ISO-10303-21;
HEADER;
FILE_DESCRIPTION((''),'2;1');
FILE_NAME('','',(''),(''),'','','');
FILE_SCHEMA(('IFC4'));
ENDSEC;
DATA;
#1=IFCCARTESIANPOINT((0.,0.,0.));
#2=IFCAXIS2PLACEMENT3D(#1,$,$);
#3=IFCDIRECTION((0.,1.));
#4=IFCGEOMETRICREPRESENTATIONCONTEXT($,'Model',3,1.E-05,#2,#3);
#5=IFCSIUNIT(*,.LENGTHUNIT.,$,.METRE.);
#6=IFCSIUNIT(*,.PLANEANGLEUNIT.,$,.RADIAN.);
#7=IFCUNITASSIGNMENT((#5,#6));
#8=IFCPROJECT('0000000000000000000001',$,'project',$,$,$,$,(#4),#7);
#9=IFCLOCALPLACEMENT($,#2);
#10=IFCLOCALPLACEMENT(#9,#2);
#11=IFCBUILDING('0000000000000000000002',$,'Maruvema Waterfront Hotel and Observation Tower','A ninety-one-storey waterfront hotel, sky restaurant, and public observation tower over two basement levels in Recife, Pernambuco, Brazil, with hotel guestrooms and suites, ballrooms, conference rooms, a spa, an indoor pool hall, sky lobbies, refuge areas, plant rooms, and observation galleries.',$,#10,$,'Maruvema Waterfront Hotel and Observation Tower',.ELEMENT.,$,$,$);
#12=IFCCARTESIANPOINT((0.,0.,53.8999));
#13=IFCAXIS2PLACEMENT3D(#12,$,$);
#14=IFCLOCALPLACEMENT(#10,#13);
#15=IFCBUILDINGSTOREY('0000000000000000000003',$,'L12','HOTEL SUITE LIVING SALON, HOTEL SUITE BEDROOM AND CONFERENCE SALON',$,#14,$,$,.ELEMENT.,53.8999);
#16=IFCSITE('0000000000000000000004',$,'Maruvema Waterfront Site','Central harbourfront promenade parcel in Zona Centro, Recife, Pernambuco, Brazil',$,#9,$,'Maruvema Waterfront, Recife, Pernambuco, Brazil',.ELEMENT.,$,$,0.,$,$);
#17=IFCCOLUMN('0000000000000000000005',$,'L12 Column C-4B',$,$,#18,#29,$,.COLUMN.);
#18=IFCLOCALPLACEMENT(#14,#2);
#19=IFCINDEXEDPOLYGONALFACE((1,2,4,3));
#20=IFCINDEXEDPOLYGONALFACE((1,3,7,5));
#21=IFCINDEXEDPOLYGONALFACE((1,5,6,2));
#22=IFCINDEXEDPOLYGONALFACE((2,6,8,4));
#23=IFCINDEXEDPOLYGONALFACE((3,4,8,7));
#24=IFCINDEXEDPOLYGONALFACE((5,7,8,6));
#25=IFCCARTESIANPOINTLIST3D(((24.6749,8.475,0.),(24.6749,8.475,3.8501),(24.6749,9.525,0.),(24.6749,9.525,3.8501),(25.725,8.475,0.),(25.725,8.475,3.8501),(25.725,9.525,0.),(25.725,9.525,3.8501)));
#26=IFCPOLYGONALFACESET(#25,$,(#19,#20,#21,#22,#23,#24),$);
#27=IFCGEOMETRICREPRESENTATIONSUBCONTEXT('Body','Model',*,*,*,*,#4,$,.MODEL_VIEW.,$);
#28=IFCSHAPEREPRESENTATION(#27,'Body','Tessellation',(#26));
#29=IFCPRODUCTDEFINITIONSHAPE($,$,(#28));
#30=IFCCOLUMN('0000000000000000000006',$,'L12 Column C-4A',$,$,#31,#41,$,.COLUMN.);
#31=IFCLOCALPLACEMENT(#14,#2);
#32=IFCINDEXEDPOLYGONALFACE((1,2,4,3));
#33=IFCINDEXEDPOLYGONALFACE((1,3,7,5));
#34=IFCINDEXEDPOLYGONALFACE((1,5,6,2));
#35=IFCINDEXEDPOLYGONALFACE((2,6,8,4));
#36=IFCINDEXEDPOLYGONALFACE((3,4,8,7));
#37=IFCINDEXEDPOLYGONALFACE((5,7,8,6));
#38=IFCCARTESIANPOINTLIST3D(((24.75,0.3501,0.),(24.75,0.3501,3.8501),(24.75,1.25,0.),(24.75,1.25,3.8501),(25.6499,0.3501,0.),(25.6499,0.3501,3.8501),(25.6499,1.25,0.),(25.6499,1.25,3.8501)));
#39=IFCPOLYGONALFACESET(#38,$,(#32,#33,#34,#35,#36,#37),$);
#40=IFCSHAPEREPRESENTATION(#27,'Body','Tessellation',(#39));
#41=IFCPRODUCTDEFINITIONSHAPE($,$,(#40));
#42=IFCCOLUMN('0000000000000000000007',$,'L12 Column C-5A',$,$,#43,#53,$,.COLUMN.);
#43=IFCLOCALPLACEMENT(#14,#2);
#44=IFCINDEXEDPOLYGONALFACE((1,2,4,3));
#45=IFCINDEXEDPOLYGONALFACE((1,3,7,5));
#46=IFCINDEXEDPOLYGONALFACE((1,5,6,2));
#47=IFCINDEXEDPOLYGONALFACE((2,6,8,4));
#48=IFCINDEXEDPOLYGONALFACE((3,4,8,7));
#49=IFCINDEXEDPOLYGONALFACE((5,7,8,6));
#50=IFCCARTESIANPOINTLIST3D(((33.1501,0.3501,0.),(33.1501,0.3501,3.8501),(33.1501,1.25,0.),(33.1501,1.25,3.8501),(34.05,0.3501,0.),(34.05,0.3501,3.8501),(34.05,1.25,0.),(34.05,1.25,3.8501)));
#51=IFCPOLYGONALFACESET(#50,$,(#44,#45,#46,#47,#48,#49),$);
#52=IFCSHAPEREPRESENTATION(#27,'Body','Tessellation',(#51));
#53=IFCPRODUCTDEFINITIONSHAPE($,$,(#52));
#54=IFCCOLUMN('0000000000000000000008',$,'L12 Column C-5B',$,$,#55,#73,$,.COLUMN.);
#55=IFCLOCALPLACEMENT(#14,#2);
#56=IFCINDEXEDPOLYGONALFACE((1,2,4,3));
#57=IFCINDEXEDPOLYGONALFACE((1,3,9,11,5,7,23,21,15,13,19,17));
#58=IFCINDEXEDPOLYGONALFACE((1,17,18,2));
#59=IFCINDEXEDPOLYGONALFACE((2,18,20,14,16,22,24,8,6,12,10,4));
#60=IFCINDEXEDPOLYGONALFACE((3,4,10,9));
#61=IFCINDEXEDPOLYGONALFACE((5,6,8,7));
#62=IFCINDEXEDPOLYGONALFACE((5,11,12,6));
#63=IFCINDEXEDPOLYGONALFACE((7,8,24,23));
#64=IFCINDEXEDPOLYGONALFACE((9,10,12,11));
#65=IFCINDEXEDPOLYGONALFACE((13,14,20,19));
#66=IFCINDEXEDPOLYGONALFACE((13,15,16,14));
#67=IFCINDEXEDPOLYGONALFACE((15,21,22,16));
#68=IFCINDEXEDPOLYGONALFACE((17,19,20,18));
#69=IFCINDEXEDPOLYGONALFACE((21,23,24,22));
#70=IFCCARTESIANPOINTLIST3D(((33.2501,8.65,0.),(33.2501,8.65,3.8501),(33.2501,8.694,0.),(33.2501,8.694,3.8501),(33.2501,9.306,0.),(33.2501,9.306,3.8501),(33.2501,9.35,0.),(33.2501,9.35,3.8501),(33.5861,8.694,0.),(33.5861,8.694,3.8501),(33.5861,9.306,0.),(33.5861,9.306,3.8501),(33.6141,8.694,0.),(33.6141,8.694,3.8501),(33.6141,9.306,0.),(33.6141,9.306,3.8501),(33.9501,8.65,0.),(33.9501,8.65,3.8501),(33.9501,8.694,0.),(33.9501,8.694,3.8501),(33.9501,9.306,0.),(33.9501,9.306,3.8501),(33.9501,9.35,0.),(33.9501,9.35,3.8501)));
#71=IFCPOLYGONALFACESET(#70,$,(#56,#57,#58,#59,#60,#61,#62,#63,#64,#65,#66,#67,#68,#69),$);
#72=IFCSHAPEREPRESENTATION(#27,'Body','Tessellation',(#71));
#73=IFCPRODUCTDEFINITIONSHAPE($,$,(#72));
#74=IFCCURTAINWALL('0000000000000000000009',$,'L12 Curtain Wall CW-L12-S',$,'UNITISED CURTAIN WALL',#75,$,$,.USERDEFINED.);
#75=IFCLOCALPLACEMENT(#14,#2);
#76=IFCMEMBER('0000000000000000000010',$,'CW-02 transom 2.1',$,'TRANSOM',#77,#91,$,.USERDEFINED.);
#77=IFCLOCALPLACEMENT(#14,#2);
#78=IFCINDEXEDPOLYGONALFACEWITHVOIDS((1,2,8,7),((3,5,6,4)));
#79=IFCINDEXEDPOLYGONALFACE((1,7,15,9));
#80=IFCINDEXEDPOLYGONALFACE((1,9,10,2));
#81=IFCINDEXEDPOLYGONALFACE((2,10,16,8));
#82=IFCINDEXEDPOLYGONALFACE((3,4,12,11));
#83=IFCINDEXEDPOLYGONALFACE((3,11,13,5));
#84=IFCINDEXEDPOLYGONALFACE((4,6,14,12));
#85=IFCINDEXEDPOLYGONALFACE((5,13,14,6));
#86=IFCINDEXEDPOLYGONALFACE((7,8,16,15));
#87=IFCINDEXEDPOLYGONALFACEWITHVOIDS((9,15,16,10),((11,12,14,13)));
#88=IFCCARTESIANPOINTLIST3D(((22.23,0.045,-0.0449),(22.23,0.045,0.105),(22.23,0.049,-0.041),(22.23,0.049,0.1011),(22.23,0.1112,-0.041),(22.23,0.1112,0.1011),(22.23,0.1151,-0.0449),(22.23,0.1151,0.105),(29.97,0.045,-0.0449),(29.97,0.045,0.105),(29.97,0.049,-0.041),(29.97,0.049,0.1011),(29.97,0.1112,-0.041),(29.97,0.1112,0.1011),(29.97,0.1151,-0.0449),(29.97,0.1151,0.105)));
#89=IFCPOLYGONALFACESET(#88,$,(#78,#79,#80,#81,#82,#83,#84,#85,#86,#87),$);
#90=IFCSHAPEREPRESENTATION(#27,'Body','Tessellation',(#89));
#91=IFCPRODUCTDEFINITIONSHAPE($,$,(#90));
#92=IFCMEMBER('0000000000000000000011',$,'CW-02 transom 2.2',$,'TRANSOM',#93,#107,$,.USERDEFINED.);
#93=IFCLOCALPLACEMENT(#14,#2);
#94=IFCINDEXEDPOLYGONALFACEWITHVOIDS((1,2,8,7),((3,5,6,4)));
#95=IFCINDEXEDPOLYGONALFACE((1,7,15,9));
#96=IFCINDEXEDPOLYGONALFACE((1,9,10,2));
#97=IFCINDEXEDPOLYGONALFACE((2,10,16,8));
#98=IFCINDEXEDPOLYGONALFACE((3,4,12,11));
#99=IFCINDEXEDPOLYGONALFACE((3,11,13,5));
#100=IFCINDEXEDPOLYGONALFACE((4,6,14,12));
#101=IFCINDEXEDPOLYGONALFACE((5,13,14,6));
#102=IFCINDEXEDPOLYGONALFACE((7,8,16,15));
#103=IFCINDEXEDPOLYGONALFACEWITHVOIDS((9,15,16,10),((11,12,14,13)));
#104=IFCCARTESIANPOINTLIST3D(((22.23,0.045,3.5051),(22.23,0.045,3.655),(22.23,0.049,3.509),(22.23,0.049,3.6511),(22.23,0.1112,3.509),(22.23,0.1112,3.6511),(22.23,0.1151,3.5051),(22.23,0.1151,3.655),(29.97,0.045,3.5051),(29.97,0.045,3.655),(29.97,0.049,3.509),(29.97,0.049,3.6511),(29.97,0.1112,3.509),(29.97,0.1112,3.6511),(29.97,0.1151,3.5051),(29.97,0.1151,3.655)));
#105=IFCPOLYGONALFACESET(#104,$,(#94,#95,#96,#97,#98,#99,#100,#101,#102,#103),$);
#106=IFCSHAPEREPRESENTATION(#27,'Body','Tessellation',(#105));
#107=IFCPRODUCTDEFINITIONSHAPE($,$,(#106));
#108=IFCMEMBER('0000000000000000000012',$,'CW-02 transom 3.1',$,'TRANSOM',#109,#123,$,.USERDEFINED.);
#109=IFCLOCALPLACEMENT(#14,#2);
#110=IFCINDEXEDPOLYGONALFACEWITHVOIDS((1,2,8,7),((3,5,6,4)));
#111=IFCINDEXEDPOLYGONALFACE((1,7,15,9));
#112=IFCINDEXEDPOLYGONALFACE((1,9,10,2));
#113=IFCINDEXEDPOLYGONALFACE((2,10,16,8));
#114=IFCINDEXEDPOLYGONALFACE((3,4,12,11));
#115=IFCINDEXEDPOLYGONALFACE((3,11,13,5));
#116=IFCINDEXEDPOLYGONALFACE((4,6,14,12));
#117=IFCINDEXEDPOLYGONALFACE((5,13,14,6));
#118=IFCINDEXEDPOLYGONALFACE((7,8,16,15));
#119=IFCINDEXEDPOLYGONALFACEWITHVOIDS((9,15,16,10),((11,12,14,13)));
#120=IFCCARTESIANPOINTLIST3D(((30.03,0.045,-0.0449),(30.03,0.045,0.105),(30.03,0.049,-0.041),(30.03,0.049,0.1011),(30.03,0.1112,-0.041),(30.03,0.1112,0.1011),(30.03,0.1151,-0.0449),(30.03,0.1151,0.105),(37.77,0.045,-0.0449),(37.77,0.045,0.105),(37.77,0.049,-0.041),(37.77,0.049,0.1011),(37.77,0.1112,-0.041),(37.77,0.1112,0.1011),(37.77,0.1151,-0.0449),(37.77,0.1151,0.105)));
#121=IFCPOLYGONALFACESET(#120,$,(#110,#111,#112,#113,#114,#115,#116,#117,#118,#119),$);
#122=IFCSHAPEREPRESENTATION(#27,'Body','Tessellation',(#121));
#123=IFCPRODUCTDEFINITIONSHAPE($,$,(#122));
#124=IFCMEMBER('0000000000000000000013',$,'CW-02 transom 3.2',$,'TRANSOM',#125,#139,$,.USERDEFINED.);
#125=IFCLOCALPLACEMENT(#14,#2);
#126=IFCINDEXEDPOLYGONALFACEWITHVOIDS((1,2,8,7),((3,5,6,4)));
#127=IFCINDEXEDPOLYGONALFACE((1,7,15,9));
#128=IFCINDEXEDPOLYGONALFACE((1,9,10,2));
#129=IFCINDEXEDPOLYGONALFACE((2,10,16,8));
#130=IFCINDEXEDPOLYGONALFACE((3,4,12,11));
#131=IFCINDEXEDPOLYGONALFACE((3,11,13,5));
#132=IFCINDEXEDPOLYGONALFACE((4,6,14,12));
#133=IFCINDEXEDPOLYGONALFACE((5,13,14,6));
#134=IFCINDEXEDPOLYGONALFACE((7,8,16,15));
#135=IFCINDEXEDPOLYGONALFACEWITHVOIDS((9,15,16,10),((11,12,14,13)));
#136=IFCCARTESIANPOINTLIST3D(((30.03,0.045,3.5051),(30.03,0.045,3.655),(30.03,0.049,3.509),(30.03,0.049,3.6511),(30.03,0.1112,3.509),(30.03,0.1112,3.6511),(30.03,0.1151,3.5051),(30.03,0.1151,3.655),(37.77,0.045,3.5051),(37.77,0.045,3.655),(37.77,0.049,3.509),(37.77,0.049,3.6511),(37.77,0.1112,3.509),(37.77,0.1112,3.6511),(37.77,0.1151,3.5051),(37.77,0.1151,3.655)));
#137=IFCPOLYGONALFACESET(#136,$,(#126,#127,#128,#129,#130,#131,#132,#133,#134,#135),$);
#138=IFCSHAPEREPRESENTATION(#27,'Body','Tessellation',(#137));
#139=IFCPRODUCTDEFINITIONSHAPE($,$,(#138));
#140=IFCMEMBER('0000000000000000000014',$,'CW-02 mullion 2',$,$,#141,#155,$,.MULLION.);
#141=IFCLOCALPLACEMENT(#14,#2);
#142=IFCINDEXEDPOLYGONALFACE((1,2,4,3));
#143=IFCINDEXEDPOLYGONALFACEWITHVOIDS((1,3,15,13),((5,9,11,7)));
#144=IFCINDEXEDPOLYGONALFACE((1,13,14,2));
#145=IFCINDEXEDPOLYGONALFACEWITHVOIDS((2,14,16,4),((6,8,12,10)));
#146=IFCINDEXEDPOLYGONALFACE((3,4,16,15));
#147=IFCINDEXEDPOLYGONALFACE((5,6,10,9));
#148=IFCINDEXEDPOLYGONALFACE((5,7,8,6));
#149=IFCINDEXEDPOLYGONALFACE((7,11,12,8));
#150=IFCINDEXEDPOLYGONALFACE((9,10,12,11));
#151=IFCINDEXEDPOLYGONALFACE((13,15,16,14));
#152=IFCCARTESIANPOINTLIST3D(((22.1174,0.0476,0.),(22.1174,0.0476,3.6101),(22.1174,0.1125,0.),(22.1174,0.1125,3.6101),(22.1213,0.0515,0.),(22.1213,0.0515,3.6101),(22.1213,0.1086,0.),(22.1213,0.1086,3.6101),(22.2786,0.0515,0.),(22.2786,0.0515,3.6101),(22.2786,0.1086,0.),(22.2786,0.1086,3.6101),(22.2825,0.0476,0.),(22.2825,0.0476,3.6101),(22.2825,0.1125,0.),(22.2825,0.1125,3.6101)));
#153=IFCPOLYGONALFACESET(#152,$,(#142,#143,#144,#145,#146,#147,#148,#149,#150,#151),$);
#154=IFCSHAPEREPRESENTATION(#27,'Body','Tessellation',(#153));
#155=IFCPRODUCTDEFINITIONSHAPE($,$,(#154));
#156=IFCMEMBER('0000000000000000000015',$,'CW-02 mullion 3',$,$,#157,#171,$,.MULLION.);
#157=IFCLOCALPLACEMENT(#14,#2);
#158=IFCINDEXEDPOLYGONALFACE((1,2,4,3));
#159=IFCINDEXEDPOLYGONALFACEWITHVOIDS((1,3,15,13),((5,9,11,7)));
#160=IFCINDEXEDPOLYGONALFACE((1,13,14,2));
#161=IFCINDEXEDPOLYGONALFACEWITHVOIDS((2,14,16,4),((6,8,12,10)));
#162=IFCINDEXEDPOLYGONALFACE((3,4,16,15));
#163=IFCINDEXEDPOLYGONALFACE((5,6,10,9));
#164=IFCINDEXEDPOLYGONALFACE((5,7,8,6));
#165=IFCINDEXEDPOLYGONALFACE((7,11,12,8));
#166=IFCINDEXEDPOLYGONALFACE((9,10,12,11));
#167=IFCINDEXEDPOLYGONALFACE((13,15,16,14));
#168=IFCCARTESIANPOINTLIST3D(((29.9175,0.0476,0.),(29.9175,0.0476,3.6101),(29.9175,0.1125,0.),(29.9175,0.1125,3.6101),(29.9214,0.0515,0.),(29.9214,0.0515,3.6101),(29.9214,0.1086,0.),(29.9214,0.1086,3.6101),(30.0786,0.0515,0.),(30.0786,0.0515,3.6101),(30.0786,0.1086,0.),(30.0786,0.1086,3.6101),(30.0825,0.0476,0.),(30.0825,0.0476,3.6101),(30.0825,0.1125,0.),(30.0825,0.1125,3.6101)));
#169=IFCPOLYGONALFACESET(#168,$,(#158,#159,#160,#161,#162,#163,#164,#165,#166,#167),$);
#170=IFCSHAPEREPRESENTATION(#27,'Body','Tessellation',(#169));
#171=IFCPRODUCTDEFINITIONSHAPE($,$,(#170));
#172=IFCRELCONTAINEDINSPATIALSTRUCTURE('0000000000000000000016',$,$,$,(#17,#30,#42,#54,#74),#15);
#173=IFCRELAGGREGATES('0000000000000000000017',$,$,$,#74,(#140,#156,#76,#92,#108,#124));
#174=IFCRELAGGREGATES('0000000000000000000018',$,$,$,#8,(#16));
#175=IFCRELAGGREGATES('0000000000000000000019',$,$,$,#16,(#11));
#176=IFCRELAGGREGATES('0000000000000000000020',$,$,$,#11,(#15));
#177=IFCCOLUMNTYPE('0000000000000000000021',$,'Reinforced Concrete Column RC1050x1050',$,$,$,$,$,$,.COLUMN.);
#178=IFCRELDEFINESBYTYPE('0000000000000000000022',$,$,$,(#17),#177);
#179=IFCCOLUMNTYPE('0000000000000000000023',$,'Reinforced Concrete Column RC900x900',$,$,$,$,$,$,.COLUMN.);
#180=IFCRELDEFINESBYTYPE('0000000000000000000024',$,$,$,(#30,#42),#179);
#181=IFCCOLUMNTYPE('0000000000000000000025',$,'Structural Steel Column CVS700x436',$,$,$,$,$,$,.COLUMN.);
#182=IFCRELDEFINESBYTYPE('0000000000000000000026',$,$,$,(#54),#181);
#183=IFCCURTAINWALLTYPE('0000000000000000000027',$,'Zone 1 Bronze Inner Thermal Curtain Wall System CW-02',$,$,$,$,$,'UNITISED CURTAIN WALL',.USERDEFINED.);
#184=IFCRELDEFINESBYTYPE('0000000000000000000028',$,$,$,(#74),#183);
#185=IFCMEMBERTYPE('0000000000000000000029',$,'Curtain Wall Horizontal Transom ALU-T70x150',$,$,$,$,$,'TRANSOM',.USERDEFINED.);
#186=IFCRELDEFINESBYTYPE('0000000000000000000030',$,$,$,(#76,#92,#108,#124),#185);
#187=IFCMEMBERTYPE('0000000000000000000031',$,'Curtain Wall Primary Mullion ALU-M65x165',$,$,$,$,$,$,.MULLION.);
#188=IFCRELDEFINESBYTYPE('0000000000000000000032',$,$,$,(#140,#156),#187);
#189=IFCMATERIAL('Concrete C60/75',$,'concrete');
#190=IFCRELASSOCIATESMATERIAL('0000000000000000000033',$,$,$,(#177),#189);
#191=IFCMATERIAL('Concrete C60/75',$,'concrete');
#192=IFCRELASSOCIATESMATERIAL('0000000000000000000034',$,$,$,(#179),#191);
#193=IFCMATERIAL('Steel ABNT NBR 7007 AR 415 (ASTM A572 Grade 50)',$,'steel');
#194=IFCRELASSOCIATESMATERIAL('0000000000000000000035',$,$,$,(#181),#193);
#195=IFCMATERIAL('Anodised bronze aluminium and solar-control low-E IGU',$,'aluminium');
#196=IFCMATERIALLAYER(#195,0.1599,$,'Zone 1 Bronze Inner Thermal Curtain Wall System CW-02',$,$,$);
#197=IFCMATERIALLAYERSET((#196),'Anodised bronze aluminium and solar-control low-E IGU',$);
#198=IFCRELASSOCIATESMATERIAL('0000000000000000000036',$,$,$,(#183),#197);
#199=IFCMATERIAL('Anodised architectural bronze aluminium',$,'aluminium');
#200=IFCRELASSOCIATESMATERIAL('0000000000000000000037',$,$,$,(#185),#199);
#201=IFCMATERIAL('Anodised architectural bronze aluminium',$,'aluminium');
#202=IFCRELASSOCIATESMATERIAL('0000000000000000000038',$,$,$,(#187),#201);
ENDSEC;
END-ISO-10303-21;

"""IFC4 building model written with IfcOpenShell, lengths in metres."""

from ifc_helpers import new_model, si_unit, direction, frame, origin, origin_2d, place, context, subcontext, project, spatial, rectangle, hollow_rectangle, i_section, extrude, material, layer, layer_set, material_profile, profile_set, type_object, element, aggregate, save


model = new_model("IFC4")

# Units and contexts
model_context = context("Model", 3, precision=1e-05, world=origin(), true_north=direction((0.0, 1.0)))
body_context = subcontext(model_context, "Body", "Model", "MODEL_VIEW")
ifc_project = project(units=[si_unit("LENGTHUNIT", "METRE"), si_unit("PLANEANGLEUNIT", "RADIAN")], contexts=[model_context])

# Site, building, storey
site_placement = place(None, origin())
site = spatial("IfcSite", under=ifc_project, at=site_placement, Name="Maruvema Waterfront Site", Description="Central harbourfront promenade parcel in Zona Centro, Recife, Pernambuco, Brazil", LongName="Maruvema Waterfront, Recife, Pernambuco, Brazil", CompositionType="ELEMENT", RefElevation=0.0)
building_placement = place(site_placement, origin())
building = spatial("IfcBuilding", under=site, at=building_placement, Name="Maruvema Waterfront Hotel and Observation Tower", Description="A ninety-one-storey waterfront hotel, sky restaurant, and public observation tower over two basement levels in Recife, Pernambuco, Brazil, with hotel guestrooms and suites, ballrooms, conference rooms, a spa, an indoor pool hall, sky lobbies, refuge areas, plant rooms, and observation galleries.", LongName="Maruvema Waterfront Hotel and Observation Tower", CompositionType="ELEMENT")
storey_placement = place(building_placement, frame((0.0, 0.0, 53.8999)))
storey = spatial("IfcBuildingStorey", under=building, at=storey_placement, Name="L12", Description="HOTEL SUITE LIVING SALON, HOTEL SUITE BEDROOM AND CONFERENCE SALON", CompositionType="ELEMENT", Elevation=53.8999)

# Columns
ifc_material_1 = material(Name="Concrete C60/75", Category="concrete")
ifc_material_profile_1 = material_profile(ifc_material_1, rectangle(XDim=1.05, YDim=1.05, at=origin_2d()), Name="RC1050x1050")
ifc_profile_set_1 = profile_set([ifc_material_profile_1], Name="Concrete C60/75")
column_type_1 = type_object("IfcColumnType", Name="Reinforced Concrete Column RC1050x1050", PredefinedType="COLUMN", material=ifc_profile_set_1)
column_1_placement = place(storey_placement, frame((25.2, 9.0, 0.0), z_axis=(0.0, 0.0, 1.0), x_axis=(1.0, 0.0, 0.0)))
element("IfcColumn", 1, at=column_1_placement, inside=storey, type_object=column_type_1, Name="L12 Column C-4B", PredefinedType="COLUMN", context=body_context, shape_type="SweptSolid", body=[
    extrude(rectangle(XDim=1.05, YDim=1.05, at=origin_2d()), origin(), (0.0, 0.0, 1.0), 3.8501),
])
ifc_material_2 = material(Name="Concrete C60/75", Category="concrete")
ifc_material_profile_2 = material_profile(ifc_material_2, rectangle(XDim=0.8999, YDim=0.8999, at=origin_2d()), Name="RC900x900")
ifc_profile_set_2 = profile_set([ifc_material_profile_2], Name="Concrete C60/75")
column_type_2 = type_object("IfcColumnType", Name="Reinforced Concrete Column RC900x900", PredefinedType="COLUMN", material=ifc_profile_set_2)
for number, where, z_axis, x_axis, name in (
    (2, (25.2, 0.8, 0.0), (0.0, 0.0, 1.0), (1.0, 0.0, 0.0), "L12 Column C-4A"),
    (3, (33.6001, 0.8, 0.0), (0.0, 0.0, 1.0), (1.0, 0.0, 0.0), "L12 Column C-5A"),
):
    element("IfcColumn", number, at=place(storey_placement, frame(where, z_axis=z_axis, x_axis=x_axis)), inside=storey, type_object=column_type_2, Name=name, PredefinedType="COLUMN", context=body_context, shape_type="SweptSolid", body=[
        extrude(rectangle(XDim=0.8999, YDim=0.8999, at=origin_2d()), origin(), (0.0, 0.0, 1.0), 3.8501),
    ])
ifc_material_3 = material(Name="Steel ABNT NBR 7007 AR 415 (ASTM A572 Grade 50)", Category="steel")
ifc_material_profile_3 = material_profile(ifc_material_3, i_section(OverallWidth=0.7, OverallDepth=0.7, WebThickness=0.0281, FlangeThickness=0.0439, at=origin_2d()), Name="CVS700x436")
ifc_profile_set_3 = profile_set([ifc_material_profile_3], Name="Steel ABNT NBR 7007 AR 415 (ASTM A572 Grade 50)")
column_type_3 = type_object("IfcColumnType", Name="Structural Steel Column CVS700x436", PredefinedType="COLUMN", material=ifc_profile_set_3)
column_2_placement = place(storey_placement, frame((33.6001, 9.0, 0.0), z_axis=(0.0, 0.0, 1.0), x_axis=(1.0, 0.0, 0.0)))
element("IfcColumn", 4, at=column_2_placement, inside=storey, type_object=column_type_3, Name="L12 Column C-5B", PredefinedType="COLUMN", context=body_context, shape_type="SweptSolid", body=[
    extrude(i_section(OverallWidth=0.7, OverallDepth=0.7, WebThickness=0.0281, FlangeThickness=0.0439, at=origin_2d()), origin(), (0.0, 0.0, 1.0), 3.8501),
])

# Curtain wall, members
ifc_material_4 = material(Name="Anodised bronze aluminium and solar-control low-E IGU", Category="aluminium")
ifc_layer_1 = layer(ifc_material_4, 0.1599, Name="Zone 1 Bronze Inner Thermal Curtain Wall System CW-02")
ifc_layer_set_1 = layer_set([ifc_layer_1], Name="Anodised bronze aluminium and solar-control low-E IGU")
curtain_wall_type = type_object("IfcCurtainWallType", Name="Zone 1 Bronze Inner Thermal Curtain Wall System CW-02", ElementType="UNITISED CURTAIN WALL", PredefinedType="USERDEFINED", material=ifc_layer_set_1)
curtain_wall_placement = place(storey_placement, origin())
curtain_wall = element("IfcCurtainWall", 5, at=curtain_wall_placement, inside=storey, type_object=curtain_wall_type, Name="L12 Curtain Wall CW-L12-S", ObjectType="UNITISED CURTAIN WALL", PredefinedType="USERDEFINED")
ifc_material_5 = material(Name="Anodised architectural bronze aluminium", Category="aluminium")
ifc_material_profile_4 = material_profile(ifc_material_5, hollow_rectangle(XDim=0.0701, YDim=0.1499, WallThickness=0.0039, at=origin_2d()), Name="ALU-T70x150")
ifc_profile_set_4 = profile_set([ifc_material_profile_4], Name="Anodised architectural bronze aluminium")
member_type_1 = type_object("IfcMemberType", Name="Curtain Wall Horizontal Transom ALU-T70x150", ElementType="TRANSOM", PredefinedType="USERDEFINED", material=ifc_profile_set_4)
member_1_placement = place(storey_placement, frame((22.23, 0.0801, 0.03), z_axis=(1.0, 0.0, 0.0), x_axis=(0.0, 1.0, 0.0)))
member_1 = element("IfcMember", 6, at=member_1_placement, type_object=member_type_1, Name="CW-02 transom 2.1", ObjectType="TRANSOM", PredefinedType="USERDEFINED", context=body_context, shape_type="SweptSolid", body=[
    extrude(hollow_rectangle(XDim=0.0701, YDim=0.1499, WallThickness=0.0039, at=origin_2d()), origin(), (0.0, 0.0, 1.0), 7.74),
])
member_2_placement = place(storey_placement, frame((22.23, 0.0801, 3.5801), z_axis=(1.0, 0.0, 0.0), x_axis=(0.0, 1.0, 0.0)))
member_2 = element("IfcMember", 7, at=member_2_placement, type_object=member_type_1, Name="CW-02 transom 2.2", ObjectType="TRANSOM", PredefinedType="USERDEFINED", context=body_context, shape_type="SweptSolid", body=[
    extrude(hollow_rectangle(XDim=0.0701, YDim=0.1499, WallThickness=0.0039, at=origin_2d()), origin(), (0.0, 0.0, 1.0), 7.74),
])
member_3_placement = place(storey_placement, frame((30.03, 0.0801, 0.03), z_axis=(1.0, 0.0, 0.0), x_axis=(0.0, 1.0, 0.0)))
member_3 = element("IfcMember", 8, at=member_3_placement, type_object=member_type_1, Name="CW-02 transom 3.1", ObjectType="TRANSOM", PredefinedType="USERDEFINED", context=body_context, shape_type="SweptSolid", body=[
    extrude(hollow_rectangle(XDim=0.0701, YDim=0.1499, WallThickness=0.0039, at=origin_2d()), origin(), (0.0, 0.0, 1.0), 7.74),
])
member_4_placement = place(storey_placement, frame((30.03, 0.0801, 3.5801), z_axis=(1.0, 0.0, 0.0), x_axis=(0.0, 1.0, 0.0)))
member_4 = element("IfcMember", 9, at=member_4_placement, type_object=member_type_1, Name="CW-02 transom 3.2", ObjectType="TRANSOM", PredefinedType="USERDEFINED", context=body_context, shape_type="SweptSolid", body=[
    extrude(hollow_rectangle(XDim=0.0701, YDim=0.1499, WallThickness=0.0039, at=origin_2d()), origin(), (0.0, 0.0, 1.0), 7.74),
])
ifc_material_6 = material(Name="Anodised architectural bronze aluminium", Category="aluminium")
ifc_material_profile_5 = material_profile(ifc_material_6, hollow_rectangle(XDim=0.0649, YDim=0.165, WallThickness=0.0039, at=origin_2d()), Name="ALU-M65x165")
ifc_profile_set_5 = profile_set([ifc_material_profile_5], Name="Anodised architectural bronze aluminium")
member_type_2 = type_object("IfcMemberType", Name="Curtain Wall Primary Mullion ALU-M65x165", PredefinedType="MULLION", material=ifc_profile_set_5)
member_5_placement = place(storey_placement, frame((22.2, 0.0801, 0.0), z_axis=(0.0, 0.0, 1.0), x_axis=(0.0, 1.0, 0.0)))
member_5 = element("IfcMember", 10, at=member_5_placement, type_object=member_type_2, Name="CW-02 mullion 2", PredefinedType="MULLION", context=body_context, shape_type="SweptSolid", body=[
    extrude(hollow_rectangle(XDim=0.0649, YDim=0.165, WallThickness=0.0039, at=origin_2d()), origin(), (0.0, 0.0, 1.0), 3.6101),
])
member_6_placement = place(storey_placement, frame((30.0, 0.0801, 0.0), z_axis=(0.0, 0.0, 1.0), x_axis=(0.0, 1.0, 0.0)))
member_6 = element("IfcMember", 11, at=member_6_placement, type_object=member_type_2, Name="CW-02 mullion 3", PredefinedType="MULLION", context=body_context, shape_type="SweptSolid", body=[
    extrude(hollow_rectangle(XDim=0.0649, YDim=0.165, WallThickness=0.0039, at=origin_2d()), origin(), (0.0, 0.0, 1.0), 3.6101),
])

aggregate(curtain_wall, [member_5, member_6, member_1, member_2, member_3, member_4])

save(model, "model.ifc")
